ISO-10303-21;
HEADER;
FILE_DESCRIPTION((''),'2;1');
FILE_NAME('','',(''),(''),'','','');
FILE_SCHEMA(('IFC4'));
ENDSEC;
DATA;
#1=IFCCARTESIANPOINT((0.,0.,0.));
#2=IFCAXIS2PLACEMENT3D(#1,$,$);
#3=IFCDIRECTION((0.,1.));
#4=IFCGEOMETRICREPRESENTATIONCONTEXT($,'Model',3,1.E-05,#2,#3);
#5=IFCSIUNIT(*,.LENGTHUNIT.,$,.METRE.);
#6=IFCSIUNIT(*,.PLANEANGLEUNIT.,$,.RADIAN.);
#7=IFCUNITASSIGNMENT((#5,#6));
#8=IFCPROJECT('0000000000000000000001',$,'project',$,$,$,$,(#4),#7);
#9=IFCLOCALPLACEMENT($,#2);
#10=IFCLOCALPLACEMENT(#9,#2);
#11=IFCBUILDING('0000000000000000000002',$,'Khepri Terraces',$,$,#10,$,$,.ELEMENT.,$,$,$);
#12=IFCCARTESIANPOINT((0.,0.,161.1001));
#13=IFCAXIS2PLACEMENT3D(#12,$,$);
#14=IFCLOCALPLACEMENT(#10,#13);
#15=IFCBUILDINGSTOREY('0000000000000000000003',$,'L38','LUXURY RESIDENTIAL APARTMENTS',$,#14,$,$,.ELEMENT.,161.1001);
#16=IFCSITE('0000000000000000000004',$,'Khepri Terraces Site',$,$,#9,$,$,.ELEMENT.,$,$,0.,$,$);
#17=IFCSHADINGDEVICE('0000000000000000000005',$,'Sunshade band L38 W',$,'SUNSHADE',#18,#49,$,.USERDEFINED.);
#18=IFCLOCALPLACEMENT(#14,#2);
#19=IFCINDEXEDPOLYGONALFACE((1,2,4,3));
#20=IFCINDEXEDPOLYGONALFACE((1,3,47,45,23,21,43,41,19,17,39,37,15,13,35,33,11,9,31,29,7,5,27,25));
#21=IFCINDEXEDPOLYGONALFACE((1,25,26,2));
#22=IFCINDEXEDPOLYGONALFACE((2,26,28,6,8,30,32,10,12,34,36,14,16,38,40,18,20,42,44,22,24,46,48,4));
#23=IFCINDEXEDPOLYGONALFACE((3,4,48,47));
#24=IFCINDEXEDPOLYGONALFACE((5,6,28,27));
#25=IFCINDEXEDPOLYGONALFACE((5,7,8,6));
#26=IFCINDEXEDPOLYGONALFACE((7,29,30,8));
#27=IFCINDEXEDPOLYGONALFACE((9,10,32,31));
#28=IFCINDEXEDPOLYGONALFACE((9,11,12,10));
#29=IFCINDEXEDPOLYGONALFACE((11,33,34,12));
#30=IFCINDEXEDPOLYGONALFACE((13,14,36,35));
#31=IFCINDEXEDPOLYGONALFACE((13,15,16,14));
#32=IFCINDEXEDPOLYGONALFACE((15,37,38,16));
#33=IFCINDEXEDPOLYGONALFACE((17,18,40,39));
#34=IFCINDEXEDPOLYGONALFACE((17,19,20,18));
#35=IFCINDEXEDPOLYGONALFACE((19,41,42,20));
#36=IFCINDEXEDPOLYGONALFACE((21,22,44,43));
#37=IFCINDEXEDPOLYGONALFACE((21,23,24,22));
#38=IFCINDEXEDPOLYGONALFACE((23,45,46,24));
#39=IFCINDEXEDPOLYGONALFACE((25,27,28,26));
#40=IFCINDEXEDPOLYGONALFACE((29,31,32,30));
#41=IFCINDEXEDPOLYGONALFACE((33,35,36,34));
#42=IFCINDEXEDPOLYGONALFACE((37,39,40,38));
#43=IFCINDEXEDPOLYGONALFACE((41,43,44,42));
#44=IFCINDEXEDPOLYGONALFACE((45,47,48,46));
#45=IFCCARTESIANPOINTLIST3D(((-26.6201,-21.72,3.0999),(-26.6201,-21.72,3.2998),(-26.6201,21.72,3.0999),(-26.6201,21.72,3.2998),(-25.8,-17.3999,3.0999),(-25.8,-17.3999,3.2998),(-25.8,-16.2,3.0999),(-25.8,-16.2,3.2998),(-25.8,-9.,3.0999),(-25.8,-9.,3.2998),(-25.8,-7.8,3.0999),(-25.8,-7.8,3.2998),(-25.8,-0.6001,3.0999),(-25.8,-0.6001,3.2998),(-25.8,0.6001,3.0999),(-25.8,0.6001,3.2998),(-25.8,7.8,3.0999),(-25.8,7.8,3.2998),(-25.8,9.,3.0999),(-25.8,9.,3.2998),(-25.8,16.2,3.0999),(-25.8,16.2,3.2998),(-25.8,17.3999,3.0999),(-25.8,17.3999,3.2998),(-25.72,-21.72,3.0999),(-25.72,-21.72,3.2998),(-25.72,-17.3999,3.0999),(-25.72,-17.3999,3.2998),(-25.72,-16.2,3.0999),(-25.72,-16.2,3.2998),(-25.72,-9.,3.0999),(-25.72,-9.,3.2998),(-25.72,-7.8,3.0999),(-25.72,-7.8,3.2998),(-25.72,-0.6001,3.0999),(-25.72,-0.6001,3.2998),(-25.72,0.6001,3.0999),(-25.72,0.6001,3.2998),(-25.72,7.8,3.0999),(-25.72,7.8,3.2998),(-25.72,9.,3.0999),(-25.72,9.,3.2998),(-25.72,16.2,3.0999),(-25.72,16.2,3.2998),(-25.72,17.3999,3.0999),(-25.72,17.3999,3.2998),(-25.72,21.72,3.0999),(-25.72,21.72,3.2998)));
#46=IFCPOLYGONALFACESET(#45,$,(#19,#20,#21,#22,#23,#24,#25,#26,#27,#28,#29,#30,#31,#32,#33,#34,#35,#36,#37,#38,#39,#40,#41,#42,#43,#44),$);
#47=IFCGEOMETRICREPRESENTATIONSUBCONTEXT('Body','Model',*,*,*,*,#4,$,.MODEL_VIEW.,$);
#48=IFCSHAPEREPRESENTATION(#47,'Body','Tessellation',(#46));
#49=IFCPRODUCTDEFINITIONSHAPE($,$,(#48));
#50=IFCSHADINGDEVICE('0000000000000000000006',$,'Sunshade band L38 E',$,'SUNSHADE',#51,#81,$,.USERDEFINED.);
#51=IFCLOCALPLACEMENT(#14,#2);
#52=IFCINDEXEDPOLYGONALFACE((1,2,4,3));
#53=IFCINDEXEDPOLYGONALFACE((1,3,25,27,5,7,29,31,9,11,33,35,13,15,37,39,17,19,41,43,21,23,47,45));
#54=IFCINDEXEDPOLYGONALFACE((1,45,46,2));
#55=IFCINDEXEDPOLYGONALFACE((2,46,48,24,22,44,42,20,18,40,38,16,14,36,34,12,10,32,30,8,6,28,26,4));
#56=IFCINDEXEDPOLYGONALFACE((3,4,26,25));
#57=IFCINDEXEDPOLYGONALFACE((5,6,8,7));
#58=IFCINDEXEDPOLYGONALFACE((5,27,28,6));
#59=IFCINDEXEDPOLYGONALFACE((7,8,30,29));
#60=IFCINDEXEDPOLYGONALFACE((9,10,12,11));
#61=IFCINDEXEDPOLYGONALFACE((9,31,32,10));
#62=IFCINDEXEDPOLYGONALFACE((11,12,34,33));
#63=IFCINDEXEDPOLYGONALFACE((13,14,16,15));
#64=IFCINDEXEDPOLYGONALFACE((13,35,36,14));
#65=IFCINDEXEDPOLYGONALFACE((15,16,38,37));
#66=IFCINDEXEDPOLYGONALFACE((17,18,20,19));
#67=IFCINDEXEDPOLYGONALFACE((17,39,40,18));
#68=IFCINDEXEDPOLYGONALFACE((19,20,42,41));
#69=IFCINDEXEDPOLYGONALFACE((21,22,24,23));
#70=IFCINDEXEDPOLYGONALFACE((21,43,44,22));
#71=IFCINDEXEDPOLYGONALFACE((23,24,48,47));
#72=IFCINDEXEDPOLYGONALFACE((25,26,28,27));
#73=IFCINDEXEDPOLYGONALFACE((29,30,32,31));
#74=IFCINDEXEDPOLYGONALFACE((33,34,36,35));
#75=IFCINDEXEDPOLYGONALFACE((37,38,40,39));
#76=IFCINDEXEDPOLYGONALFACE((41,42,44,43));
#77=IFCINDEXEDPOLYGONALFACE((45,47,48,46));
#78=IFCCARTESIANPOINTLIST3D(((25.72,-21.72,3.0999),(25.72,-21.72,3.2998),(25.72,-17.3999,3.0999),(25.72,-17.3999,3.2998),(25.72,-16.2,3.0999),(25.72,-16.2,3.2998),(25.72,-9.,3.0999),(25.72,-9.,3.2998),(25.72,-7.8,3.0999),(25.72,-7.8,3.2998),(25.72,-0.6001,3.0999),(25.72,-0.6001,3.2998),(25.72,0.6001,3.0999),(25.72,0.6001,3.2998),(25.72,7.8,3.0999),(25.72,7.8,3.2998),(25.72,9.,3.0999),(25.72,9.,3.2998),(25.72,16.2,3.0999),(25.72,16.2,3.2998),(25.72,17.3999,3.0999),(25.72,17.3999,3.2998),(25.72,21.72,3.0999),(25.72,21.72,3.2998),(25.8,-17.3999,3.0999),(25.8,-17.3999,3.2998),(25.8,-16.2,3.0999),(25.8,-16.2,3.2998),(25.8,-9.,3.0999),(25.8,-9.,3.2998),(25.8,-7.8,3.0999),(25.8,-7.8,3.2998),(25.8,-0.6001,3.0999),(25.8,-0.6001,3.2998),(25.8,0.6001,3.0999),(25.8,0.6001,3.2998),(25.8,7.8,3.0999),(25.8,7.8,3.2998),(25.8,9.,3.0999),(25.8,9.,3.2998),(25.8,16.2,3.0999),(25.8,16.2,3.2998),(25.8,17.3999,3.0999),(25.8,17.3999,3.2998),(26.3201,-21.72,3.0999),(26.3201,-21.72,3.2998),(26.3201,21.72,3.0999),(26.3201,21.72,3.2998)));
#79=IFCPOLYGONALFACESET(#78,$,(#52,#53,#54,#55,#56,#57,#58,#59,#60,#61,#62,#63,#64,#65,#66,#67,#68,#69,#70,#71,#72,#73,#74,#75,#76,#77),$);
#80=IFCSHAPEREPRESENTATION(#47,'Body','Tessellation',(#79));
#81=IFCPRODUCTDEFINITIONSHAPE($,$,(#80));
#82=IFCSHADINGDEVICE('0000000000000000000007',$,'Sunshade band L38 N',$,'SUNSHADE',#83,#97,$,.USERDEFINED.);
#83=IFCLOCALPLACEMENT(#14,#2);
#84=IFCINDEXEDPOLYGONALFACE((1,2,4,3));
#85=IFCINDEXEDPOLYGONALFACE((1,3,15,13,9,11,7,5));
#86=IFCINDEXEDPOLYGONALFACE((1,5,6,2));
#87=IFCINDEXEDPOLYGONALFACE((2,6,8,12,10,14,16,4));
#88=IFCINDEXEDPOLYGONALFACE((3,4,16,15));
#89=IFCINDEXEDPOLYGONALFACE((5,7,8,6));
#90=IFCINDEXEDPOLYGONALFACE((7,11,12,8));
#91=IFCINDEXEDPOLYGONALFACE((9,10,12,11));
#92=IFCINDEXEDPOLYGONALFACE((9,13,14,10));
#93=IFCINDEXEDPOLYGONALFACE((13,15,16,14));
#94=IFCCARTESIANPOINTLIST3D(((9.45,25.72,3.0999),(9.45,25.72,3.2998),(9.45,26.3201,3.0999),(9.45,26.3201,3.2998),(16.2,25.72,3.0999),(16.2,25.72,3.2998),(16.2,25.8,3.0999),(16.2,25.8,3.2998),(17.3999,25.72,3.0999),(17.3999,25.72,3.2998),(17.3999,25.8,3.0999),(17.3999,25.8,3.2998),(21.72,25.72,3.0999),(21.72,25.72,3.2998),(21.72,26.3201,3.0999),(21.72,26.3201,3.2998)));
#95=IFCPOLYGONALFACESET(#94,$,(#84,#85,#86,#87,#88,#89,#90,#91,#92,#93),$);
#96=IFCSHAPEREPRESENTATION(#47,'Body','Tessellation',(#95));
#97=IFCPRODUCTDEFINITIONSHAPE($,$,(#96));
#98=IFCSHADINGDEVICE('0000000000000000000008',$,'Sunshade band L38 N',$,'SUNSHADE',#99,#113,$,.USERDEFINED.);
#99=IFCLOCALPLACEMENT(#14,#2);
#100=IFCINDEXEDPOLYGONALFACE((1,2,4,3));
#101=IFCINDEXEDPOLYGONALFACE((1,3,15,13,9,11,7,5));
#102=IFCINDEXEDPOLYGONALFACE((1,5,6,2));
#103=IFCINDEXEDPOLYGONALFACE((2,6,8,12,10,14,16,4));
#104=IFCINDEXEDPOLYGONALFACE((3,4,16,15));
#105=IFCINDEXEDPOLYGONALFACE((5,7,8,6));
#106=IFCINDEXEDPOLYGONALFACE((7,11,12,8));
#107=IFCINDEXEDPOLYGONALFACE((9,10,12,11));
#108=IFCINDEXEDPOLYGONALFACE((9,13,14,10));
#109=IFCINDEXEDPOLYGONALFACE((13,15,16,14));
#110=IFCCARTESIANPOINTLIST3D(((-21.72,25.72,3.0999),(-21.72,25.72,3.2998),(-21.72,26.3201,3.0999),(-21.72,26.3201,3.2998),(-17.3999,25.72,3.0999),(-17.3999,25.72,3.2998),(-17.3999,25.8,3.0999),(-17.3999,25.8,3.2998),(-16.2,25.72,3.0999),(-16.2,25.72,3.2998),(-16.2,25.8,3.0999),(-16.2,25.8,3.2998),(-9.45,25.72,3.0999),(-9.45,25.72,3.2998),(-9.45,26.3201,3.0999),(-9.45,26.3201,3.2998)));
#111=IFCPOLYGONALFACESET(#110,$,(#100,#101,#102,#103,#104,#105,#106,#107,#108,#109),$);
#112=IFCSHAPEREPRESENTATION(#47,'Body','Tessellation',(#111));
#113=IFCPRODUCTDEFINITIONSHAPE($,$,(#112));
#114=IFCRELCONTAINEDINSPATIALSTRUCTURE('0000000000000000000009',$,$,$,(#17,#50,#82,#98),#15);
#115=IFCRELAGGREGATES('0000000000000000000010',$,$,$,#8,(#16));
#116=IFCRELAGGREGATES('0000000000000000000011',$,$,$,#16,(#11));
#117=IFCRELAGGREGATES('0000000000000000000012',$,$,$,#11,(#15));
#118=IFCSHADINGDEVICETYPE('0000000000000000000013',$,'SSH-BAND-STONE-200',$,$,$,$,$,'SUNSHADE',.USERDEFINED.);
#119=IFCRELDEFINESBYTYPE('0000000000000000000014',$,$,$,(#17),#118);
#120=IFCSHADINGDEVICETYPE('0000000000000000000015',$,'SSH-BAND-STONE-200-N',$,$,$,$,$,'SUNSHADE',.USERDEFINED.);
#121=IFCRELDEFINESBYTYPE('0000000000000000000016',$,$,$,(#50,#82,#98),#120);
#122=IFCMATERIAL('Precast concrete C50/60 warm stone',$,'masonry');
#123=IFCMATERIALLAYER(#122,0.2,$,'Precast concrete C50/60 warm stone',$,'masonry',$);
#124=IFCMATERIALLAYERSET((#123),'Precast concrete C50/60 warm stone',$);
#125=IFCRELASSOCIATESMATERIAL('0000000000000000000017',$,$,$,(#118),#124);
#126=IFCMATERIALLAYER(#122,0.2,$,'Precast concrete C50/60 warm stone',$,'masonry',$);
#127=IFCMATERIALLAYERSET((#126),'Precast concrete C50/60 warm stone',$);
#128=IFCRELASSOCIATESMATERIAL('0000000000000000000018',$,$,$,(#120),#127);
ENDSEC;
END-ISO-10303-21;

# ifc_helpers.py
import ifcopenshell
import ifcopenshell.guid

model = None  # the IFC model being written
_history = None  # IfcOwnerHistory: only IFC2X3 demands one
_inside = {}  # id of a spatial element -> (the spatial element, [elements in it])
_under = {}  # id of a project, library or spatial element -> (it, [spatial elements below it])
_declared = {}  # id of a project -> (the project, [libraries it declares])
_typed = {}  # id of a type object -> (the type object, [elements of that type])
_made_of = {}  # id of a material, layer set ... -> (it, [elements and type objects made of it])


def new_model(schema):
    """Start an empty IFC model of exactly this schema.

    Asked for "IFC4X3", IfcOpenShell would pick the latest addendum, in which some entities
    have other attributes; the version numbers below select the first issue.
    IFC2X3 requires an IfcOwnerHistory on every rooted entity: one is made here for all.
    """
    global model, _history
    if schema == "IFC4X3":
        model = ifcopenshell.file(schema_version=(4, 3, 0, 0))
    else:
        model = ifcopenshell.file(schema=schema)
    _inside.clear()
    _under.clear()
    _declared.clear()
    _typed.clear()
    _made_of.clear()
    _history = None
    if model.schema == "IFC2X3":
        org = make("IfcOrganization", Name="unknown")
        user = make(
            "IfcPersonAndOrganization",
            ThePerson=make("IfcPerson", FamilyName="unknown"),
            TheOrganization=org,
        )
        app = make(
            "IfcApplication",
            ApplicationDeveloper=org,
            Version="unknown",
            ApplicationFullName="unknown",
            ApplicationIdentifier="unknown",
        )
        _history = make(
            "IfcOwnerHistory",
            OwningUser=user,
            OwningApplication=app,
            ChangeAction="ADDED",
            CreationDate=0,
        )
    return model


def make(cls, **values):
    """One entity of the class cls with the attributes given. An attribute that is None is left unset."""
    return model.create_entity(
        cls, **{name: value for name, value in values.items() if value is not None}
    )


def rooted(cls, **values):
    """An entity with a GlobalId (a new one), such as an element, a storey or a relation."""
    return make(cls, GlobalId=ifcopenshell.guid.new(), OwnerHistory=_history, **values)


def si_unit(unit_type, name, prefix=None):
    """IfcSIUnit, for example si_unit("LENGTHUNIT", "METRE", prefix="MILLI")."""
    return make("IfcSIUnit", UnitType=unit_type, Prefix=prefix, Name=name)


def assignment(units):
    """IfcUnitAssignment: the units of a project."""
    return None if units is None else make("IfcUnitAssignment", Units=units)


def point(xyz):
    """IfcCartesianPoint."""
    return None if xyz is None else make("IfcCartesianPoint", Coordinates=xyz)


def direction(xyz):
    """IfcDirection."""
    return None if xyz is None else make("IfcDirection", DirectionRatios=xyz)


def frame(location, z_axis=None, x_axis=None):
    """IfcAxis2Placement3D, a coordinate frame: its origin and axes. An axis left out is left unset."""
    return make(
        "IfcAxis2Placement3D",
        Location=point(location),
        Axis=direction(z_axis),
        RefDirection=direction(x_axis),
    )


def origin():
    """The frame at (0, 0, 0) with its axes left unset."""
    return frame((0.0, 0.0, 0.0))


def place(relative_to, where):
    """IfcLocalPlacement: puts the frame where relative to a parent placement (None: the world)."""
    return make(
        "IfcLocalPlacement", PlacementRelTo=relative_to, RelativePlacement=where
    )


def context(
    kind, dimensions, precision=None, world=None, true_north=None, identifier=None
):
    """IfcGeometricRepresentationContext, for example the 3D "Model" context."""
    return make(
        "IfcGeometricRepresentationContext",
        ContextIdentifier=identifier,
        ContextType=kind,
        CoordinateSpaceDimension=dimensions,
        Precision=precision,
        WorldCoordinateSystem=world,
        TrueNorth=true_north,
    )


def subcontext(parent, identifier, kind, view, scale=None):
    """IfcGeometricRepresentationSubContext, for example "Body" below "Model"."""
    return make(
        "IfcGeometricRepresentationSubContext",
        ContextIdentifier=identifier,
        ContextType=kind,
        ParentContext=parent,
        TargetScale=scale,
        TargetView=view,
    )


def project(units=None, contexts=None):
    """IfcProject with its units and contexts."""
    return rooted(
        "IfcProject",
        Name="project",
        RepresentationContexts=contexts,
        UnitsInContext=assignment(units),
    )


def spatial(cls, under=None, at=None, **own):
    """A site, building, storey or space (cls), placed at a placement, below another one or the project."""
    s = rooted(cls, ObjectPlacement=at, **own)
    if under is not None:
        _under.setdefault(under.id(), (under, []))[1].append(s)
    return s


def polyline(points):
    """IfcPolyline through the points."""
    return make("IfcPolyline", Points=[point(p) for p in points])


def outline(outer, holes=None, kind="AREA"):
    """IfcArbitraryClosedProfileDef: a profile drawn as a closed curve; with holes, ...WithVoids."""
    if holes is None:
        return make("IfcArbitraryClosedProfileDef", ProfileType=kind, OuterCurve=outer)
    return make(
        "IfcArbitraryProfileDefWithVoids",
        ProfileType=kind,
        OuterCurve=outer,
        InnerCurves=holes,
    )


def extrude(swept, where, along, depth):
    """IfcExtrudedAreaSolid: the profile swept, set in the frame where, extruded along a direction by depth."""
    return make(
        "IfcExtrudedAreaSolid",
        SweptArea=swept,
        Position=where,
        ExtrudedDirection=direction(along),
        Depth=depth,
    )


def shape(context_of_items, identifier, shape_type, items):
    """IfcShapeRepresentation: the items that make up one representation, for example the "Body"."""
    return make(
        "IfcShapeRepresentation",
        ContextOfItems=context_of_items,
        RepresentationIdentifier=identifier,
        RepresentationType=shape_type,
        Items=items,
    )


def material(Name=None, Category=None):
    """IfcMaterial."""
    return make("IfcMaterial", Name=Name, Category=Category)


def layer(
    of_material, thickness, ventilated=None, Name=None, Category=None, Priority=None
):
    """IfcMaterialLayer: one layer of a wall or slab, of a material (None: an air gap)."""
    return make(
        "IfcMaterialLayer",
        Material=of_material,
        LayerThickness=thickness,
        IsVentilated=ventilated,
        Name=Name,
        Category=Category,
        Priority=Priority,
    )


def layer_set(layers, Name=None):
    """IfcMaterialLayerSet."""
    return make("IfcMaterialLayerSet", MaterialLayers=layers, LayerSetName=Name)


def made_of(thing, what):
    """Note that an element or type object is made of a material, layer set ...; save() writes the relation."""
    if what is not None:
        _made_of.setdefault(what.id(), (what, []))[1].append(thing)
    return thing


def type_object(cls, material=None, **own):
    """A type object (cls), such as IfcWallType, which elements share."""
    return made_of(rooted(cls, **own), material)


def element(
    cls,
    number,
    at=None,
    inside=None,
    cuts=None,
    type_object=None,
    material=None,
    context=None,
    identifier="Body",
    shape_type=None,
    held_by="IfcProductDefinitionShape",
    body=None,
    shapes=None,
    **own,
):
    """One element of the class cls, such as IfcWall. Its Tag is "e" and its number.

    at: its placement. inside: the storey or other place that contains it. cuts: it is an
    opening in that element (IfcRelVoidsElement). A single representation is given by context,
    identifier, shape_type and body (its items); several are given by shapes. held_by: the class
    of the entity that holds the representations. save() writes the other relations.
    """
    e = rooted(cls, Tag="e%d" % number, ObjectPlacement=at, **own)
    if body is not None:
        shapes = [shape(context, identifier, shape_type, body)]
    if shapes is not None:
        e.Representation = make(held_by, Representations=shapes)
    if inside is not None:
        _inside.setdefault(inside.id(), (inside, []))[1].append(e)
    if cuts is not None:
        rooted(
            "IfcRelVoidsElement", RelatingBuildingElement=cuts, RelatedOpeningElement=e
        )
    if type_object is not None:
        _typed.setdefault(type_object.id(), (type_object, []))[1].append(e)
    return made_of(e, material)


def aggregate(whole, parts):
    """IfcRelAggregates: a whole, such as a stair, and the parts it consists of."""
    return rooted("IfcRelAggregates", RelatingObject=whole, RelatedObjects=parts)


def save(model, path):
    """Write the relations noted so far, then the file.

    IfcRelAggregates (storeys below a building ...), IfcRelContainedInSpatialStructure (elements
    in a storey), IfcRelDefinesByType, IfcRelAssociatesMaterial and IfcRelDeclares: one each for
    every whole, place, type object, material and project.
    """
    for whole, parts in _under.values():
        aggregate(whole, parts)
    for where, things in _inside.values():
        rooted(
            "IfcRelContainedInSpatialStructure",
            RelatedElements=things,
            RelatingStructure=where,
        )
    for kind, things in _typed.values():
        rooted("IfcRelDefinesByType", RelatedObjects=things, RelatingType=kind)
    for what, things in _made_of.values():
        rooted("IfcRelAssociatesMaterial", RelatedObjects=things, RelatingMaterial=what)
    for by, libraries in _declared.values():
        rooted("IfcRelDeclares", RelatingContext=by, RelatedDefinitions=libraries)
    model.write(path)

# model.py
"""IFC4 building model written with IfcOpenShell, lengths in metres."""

from ifc_helpers import new_model, si_unit, direction, frame, origin, place, context, subcontext, project, spatial, polyline, outline, extrude, material, layer, layer_set, type_object, element, save


model = new_model("IFC4")

# Units and contexts
model_context = context("Model", 3, precision=1e-05, world=origin(), true_north=direction((0.0, 1.0)))
body_context = subcontext(model_context, "Body", "Model", "MODEL_VIEW")
ifc_project = project(units=[si_unit("LENGTHUNIT", "METRE"), si_unit("PLANEANGLEUNIT", "RADIAN")], contexts=[model_context])

# Site, building, storey
site_placement = place(None, origin())
site = spatial("IfcSite", under=ifc_project, at=site_placement, Name="Khepri Terraces Site", CompositionType="ELEMENT", RefElevation=0.0)
building_placement = place(site_placement, origin())
building = spatial("IfcBuilding", under=site, at=building_placement, Name="Khepri Terraces", CompositionType="ELEMENT")
storey_placement = place(building_placement, frame((0.0, 0.0, 161.1001)))
storey = spatial("IfcBuildingStorey", under=building, at=storey_placement, Name="L38", Description="LUXURY RESIDENTIAL APARTMENTS", CompositionType="ELEMENT", Elevation=161.1001)

# Shared definitions
ifc_material_1 = material(Name="Precast concrete C50/60 warm stone", Category="masonry")

# Shading devices
ifc_layer_1 = layer(ifc_material_1, 0.2, Name="Precast concrete C50/60 warm stone", Category="masonry")
ifc_layer_set_1 = layer_set([ifc_layer_1], Name="Precast concrete C50/60 warm stone")
shading_device_type_1 = type_object("IfcShadingDeviceType", Name="SSH-BAND-STONE-200", ElementType="SUNSHADE", PredefinedType="USERDEFINED", material=ifc_layer_set_1)
shading_device_1_placement = place(storey_placement, frame((0.0, 0.0, 3.0999)))
element("IfcShadingDevice", 1, at=shading_device_1_placement, inside=storey, type_object=shading_device_type_1, Name="Sunshade band L38 W", ObjectType="SUNSHADE", PredefinedType="USERDEFINED", context=body_context, shape_type="SweptSolid", body=[
    extrude(outline(polyline([(-25.72, 17.3999), (-25.72, 21.72), (-26.6201, 21.72), (-26.6201, -21.72), (-25.72, -21.72), (-25.72, -17.3999), (-25.8, -17.3999), (-25.8, -16.2), (-25.72, -16.2), (-25.72, -9.0), (-25.8, -9.0), (-25.8, -7.8), (-25.72, -7.8), (-25.72, -0.6001), (-25.8, -0.6001), (-25.8, 0.6001), (-25.72, 0.6001), (-25.72, 7.8), (-25.8, 7.8), (-25.8, 9.0), (-25.72, 9.0), (-25.72, 16.2), (-25.8, 16.2), (-25.8, 17.3999), (-25.72, 17.3999)])), origin(), (0.0, 0.0, 1.0), 0.2),
])
ifc_layer_2 = layer(ifc_material_1, 0.2, Name="Precast concrete C50/60 warm stone", Category="masonry")
ifc_layer_set_2 = layer_set([ifc_layer_2], Name="Precast concrete C50/60 warm stone")
shading_device_type_2 = type_object("IfcShadingDeviceType", Name="SSH-BAND-STONE-200-N", ElementType="SUNSHADE", PredefinedType="USERDEFINED", material=ifc_layer_set_2)
shading_device_2_placement = place(storey_placement, frame((0.0, 0.0, 3.0999)))
element("IfcShadingDevice", 2, at=shading_device_2_placement, inside=storey, type_object=shading_device_type_2, Name="Sunshade band L38 E", ObjectType="SUNSHADE", PredefinedType="USERDEFINED", context=body_context, shape_type="SweptSolid", body=[
    extrude(outline(polyline([(25.72, -17.3999), (25.72, -21.72), (26.3201, -21.72), (26.3201, 21.72), (25.72, 21.72), (25.72, 17.3999), (25.8, 17.3999), (25.8, 16.2), (25.72, 16.2), (25.72, 9.0), (25.8, 9.0), (25.8, 7.8), (25.72, 7.8), (25.72, 0.6001), (25.8, 0.6001), (25.8, -0.6001), (25.72, -0.6001), (25.72, -7.8), (25.8, -7.8), (25.8, -9.0), (25.72, -9.0), (25.72, -16.2), (25.8, -16.2), (25.8, -17.3999), (25.72, -17.3999)])), origin(), (0.0, 0.0, 1.0), 0.2),
])
shading_device_3_placement = place(storey_placement, frame((0.0, 0.0, 3.0999)))
element("IfcShadingDevice", 3, at=shading_device_3_placement, inside=storey, type_object=shading_device_type_2, Name="Sunshade band L38 N", ObjectType="SUNSHADE", PredefinedType="USERDEFINED", context=body_context, shape_type="SweptSolid", body=[
    extrude(outline(polyline([(17.3999, 25.72), (21.72, 25.72), (21.72, 26.3201), (9.45, 26.3201), (9.45, 25.72), (16.2, 25.72), (16.2, 25.8), (17.3999, 25.8), (17.3999, 25.72)])), origin(), (0.0, 0.0, 1.0), 0.2),
])
shading_device_4_placement = place(storey_placement, frame((0.0, 0.0, 3.0999)))
element("IfcShadingDevice", 4, at=shading_device_4_placement, inside=storey, type_object=shading_device_type_2, Name="Sunshade band L38 N", ObjectType="SUNSHADE", PredefinedType="USERDEFINED", context=body_context, shape_type="SweptSolid", body=[
    extrude(outline(polyline([(-16.2, 25.72), (-9.45, 25.72), (-9.45, 26.3201), (-21.72, 26.3201), (-21.72, 25.72), (-17.3999, 25.72), (-17.3999, 25.8), (-16.2, 25.8), (-16.2, 25.72)])), origin(), (0.0, 0.0, 1.0), 0.2),
])

save(model, "model.ifc")
